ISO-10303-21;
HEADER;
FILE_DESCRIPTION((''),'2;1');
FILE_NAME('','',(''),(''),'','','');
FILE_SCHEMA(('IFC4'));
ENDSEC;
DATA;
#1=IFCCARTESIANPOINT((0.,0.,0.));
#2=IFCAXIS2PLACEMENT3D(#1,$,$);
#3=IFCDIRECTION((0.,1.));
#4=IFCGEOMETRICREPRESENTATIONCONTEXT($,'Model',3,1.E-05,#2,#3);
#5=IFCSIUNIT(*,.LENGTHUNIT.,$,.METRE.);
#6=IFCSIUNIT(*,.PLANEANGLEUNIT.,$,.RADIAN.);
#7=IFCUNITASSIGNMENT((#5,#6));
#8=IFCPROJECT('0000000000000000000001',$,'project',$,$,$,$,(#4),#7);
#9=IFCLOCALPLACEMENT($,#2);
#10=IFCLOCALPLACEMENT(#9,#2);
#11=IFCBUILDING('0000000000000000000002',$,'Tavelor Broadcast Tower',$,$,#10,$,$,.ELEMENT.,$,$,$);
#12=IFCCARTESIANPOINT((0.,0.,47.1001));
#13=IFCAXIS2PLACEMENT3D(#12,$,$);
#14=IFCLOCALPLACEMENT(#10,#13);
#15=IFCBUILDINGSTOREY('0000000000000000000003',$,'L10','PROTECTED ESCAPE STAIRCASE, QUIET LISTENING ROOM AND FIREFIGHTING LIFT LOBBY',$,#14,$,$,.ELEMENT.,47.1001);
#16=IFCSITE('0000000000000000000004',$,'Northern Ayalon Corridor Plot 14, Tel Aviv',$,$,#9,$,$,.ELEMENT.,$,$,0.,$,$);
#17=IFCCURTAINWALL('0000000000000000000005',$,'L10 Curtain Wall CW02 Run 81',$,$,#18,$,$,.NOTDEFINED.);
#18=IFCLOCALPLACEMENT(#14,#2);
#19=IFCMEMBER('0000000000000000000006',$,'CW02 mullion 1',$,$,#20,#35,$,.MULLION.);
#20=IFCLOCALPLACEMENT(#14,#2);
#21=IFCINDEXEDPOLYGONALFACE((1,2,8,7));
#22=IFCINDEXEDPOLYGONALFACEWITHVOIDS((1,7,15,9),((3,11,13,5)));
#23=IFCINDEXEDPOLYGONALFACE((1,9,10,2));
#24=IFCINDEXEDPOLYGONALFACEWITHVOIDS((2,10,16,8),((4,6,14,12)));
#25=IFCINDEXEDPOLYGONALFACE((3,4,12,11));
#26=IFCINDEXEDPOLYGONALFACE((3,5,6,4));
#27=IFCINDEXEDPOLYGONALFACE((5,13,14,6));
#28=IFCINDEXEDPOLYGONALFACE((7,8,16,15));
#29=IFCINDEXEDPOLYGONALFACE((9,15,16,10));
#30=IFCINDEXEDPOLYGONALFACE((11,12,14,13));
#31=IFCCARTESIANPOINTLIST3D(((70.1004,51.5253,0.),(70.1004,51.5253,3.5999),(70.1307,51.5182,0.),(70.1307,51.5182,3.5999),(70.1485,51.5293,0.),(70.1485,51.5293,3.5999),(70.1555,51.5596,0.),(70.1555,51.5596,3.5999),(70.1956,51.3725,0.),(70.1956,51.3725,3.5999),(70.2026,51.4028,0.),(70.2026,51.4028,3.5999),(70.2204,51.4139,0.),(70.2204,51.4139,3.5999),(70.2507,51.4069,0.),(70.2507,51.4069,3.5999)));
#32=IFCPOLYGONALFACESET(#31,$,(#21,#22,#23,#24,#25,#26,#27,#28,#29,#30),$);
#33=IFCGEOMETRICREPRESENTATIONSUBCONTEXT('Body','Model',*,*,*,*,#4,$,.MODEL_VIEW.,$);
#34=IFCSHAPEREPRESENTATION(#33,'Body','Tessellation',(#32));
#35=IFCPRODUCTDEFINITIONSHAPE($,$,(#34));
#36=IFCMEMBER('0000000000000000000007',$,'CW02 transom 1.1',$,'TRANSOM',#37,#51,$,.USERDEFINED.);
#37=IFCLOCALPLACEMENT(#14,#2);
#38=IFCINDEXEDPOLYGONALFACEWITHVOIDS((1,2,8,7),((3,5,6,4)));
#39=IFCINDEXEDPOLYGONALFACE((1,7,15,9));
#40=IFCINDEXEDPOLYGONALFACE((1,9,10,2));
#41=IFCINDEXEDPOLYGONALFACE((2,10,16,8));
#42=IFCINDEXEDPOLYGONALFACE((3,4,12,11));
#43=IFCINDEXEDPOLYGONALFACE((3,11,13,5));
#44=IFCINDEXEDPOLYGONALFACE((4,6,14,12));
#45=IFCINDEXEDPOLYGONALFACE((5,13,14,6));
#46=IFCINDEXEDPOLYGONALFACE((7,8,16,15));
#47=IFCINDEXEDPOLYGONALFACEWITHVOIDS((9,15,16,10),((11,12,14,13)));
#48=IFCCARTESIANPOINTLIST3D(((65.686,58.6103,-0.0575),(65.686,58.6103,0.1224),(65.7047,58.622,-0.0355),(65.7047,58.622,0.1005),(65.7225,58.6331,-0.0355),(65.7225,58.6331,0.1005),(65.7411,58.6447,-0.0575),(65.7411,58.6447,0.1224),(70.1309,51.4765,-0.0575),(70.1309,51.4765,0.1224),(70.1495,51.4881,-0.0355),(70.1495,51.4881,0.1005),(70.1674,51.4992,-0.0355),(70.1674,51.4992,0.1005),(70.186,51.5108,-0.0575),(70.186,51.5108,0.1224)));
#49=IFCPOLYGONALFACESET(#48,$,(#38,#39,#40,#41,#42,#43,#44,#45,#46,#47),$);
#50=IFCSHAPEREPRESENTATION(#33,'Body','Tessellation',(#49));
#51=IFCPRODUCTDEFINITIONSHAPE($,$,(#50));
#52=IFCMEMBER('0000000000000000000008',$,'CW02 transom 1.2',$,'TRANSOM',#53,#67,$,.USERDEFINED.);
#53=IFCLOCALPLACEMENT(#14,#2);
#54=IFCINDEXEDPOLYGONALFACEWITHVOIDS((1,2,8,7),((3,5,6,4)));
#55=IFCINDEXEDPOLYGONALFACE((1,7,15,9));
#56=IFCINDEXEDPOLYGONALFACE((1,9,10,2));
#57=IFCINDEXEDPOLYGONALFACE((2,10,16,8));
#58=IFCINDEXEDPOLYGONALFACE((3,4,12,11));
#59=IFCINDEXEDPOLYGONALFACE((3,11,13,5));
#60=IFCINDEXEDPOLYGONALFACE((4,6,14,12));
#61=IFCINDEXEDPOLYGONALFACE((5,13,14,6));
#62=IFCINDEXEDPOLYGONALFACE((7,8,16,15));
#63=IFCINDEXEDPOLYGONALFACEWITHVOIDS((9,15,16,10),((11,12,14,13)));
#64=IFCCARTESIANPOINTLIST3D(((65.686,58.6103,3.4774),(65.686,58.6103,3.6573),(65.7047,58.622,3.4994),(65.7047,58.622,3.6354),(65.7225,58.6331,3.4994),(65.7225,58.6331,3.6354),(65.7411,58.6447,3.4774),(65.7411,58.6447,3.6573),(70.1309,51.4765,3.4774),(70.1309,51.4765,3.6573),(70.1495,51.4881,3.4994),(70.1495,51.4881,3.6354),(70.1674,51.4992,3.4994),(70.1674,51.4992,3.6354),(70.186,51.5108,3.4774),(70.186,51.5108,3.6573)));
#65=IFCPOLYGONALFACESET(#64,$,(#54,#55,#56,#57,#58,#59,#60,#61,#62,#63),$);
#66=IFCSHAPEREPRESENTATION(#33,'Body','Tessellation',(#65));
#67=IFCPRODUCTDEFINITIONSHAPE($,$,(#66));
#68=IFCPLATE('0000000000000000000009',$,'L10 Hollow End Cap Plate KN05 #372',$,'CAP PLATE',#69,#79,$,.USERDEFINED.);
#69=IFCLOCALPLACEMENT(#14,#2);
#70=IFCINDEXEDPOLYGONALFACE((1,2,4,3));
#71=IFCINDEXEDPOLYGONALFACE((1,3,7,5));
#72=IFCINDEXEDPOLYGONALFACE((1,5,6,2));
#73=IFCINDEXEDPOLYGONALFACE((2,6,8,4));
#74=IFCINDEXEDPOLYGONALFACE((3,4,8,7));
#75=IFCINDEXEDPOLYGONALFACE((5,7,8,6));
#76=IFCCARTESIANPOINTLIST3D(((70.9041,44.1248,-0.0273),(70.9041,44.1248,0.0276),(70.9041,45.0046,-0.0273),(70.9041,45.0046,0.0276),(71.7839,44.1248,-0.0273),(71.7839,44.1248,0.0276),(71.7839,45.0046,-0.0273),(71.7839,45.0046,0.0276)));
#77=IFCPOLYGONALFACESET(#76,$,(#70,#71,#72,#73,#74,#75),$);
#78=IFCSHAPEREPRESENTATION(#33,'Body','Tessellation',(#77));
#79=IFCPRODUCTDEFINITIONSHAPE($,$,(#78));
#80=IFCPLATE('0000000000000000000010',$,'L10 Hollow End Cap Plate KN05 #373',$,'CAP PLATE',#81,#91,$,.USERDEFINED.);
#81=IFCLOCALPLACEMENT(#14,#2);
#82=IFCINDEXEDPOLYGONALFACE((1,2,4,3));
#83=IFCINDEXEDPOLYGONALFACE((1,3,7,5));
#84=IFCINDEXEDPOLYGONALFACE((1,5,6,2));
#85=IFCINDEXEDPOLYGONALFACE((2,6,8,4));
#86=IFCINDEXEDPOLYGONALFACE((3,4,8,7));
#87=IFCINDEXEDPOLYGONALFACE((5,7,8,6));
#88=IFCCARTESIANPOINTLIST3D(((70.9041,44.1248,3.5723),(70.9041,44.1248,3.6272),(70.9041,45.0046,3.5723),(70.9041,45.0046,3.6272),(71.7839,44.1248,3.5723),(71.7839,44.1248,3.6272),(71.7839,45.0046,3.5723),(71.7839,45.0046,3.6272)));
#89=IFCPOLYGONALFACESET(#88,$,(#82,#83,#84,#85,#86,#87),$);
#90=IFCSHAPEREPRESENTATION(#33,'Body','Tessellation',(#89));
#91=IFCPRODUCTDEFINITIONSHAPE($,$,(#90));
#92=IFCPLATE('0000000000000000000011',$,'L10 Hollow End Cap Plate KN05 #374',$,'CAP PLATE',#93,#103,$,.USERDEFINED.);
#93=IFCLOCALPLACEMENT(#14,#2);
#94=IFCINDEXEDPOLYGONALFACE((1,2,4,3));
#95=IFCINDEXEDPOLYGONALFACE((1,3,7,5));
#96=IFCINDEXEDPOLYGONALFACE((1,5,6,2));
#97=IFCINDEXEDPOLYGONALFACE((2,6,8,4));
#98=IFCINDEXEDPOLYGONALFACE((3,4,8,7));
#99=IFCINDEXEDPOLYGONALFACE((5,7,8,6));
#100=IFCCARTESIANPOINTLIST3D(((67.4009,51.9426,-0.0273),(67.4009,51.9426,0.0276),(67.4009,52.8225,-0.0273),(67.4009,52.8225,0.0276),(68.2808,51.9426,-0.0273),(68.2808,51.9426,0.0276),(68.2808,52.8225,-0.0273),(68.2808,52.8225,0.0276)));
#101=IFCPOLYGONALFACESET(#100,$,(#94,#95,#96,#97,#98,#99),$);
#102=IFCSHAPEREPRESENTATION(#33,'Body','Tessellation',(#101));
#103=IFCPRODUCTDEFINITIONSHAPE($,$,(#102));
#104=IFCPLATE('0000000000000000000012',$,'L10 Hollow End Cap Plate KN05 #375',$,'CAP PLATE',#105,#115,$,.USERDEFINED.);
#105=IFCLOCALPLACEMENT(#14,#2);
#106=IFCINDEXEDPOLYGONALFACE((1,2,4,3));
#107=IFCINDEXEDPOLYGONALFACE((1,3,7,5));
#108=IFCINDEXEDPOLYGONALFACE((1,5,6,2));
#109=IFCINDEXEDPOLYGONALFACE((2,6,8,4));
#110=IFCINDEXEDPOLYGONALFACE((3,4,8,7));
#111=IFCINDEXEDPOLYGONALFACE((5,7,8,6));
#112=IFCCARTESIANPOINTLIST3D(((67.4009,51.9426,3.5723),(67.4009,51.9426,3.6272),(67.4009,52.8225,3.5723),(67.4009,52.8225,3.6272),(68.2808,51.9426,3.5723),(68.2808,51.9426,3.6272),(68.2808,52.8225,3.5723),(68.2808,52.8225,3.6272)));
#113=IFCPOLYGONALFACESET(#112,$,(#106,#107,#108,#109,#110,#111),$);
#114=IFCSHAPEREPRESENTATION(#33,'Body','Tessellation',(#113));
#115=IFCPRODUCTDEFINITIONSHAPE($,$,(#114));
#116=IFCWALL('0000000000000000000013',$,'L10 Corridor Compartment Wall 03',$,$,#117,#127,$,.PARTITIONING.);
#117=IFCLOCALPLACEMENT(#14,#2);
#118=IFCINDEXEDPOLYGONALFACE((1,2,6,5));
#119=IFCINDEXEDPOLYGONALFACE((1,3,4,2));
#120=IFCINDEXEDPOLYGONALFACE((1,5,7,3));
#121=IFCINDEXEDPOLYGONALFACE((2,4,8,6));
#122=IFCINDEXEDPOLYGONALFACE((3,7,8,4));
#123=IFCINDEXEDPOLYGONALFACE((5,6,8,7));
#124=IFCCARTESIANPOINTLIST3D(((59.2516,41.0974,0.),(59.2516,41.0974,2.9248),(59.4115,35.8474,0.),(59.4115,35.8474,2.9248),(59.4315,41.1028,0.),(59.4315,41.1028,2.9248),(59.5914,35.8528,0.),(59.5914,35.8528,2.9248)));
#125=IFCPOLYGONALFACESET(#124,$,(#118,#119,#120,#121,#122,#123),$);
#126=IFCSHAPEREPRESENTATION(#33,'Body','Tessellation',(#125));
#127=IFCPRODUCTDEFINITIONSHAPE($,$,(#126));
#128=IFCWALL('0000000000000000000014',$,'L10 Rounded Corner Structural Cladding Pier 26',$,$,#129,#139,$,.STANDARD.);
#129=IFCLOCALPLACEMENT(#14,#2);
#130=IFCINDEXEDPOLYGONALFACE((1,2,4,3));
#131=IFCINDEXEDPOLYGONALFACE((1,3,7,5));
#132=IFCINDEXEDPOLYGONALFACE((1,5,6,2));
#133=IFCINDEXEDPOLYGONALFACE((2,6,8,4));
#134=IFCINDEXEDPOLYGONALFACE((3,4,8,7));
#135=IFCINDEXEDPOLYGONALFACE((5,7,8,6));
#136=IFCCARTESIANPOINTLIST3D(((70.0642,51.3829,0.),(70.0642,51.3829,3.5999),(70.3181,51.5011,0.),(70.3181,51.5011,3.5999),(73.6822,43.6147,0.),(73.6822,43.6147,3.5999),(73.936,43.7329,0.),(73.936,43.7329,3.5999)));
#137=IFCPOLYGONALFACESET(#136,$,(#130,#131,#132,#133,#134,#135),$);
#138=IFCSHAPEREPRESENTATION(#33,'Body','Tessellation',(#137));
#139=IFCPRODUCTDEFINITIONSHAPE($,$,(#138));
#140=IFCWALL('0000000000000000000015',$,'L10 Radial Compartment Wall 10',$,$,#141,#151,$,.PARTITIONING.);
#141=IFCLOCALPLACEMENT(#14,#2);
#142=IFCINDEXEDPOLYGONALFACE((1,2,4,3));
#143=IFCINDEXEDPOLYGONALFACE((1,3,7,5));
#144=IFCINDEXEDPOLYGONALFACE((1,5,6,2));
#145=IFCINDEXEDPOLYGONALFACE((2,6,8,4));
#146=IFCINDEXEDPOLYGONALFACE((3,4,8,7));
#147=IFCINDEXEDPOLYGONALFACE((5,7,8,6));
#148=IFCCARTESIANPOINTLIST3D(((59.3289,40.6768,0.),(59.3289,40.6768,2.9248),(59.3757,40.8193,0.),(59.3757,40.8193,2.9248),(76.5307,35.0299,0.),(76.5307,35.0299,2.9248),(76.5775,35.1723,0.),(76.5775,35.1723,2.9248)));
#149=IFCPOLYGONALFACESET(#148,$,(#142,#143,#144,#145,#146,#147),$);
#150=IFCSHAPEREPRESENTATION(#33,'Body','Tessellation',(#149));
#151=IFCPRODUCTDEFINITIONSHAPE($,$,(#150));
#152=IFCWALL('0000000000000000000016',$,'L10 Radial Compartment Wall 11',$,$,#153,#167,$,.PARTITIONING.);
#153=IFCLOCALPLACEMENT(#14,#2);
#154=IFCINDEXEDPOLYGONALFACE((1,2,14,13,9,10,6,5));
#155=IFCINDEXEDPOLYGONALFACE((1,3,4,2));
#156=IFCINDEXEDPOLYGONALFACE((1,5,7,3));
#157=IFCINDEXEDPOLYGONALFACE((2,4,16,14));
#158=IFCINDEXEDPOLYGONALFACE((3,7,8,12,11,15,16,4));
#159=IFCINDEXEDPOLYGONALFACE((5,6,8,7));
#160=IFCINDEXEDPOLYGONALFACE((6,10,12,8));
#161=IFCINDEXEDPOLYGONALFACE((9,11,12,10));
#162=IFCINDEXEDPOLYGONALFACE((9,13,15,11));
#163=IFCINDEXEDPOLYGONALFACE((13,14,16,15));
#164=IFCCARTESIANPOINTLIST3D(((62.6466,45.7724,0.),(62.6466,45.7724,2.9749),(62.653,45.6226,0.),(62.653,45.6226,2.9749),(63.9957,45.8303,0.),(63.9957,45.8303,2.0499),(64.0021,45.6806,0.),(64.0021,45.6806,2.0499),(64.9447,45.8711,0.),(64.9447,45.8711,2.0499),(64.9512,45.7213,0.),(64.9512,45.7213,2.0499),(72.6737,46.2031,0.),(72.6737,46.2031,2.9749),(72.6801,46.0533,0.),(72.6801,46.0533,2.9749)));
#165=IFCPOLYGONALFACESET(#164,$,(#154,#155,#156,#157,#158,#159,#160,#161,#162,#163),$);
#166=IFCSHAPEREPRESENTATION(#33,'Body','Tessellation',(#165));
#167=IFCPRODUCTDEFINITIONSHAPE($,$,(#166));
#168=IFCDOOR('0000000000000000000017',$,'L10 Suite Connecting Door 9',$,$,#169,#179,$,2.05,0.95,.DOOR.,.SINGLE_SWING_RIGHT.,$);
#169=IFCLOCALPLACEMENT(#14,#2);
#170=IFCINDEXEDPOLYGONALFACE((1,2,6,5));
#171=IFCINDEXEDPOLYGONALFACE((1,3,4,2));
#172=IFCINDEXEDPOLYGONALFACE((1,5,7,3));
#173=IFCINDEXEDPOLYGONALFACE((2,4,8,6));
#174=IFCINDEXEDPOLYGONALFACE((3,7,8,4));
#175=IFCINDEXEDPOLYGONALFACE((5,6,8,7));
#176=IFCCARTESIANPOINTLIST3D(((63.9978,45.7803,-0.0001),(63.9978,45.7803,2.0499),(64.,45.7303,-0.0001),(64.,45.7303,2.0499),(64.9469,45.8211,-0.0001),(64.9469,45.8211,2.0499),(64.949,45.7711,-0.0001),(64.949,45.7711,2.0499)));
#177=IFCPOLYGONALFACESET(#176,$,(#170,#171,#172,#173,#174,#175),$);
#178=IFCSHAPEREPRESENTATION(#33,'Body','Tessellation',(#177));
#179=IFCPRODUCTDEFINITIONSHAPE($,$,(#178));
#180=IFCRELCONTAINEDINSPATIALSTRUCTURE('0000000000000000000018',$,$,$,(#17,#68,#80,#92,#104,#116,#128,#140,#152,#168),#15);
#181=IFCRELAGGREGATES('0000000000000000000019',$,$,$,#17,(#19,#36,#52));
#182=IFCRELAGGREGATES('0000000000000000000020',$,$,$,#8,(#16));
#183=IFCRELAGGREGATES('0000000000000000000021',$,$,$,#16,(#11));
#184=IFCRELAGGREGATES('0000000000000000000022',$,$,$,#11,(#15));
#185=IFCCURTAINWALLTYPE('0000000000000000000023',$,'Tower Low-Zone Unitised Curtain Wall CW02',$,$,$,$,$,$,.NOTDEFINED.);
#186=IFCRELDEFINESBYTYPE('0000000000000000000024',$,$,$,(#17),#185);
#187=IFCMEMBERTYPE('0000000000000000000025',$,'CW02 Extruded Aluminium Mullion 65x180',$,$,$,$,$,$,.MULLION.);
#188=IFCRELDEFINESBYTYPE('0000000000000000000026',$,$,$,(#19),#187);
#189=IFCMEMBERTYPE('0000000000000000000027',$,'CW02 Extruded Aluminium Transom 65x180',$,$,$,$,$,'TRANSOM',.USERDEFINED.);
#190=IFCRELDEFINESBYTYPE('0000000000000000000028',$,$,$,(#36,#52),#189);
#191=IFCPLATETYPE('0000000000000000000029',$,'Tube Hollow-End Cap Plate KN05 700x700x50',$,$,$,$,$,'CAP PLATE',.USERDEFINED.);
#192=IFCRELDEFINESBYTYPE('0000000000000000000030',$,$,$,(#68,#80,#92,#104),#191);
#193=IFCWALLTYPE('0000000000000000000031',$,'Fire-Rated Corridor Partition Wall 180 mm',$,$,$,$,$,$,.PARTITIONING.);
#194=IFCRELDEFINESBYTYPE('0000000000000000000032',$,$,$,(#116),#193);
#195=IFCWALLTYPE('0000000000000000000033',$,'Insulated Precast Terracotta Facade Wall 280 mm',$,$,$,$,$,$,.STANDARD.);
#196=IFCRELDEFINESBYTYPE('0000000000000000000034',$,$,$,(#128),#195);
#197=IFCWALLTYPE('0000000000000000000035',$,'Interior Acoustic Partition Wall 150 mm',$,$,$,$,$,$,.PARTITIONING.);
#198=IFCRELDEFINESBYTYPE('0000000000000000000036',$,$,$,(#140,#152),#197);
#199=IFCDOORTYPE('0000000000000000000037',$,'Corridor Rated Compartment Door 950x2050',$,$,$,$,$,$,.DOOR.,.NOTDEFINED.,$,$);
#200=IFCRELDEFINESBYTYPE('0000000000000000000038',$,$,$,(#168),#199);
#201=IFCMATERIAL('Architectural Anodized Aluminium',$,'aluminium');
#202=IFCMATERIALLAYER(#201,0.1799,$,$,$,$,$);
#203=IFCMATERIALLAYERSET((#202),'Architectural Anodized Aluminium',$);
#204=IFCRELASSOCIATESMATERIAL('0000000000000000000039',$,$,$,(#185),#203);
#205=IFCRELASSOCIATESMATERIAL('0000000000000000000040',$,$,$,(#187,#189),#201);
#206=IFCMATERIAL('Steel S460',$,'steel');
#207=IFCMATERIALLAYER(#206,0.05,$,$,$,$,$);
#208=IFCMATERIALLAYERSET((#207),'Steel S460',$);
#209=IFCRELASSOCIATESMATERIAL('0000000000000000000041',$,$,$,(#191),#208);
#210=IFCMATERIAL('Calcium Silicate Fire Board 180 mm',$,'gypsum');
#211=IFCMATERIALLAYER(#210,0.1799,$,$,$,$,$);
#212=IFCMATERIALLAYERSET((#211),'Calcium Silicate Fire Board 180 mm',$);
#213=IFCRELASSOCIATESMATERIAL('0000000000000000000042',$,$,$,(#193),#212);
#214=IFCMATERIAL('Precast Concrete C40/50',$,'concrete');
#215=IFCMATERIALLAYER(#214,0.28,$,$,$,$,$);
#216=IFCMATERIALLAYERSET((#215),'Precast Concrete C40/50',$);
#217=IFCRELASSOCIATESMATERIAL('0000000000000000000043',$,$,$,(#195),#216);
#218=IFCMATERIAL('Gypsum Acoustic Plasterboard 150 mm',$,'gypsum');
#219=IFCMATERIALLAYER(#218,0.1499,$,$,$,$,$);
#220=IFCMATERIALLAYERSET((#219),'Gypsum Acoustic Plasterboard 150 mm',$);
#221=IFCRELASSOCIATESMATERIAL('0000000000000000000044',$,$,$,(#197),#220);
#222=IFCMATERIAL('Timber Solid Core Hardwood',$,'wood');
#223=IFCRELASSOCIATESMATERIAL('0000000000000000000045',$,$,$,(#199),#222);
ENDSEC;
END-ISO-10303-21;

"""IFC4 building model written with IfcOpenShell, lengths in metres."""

from ifc_helpers import new_model, si_unit, direction, frame, frame_2d, origin, origin_2d, place, context, subcontext, project, spatial, rectangle, hollow_rectangle, extrude, source, transform, mapped, material, layer, layer_set, material_profile, profile_set, type_object, type_shapes, element, fill, aggregate, save


model = new_model("IFC4")

# Units and contexts
model_context = context("Model", 3, precision=1e-05, world=origin(), true_north=direction((0.0, 1.0)))
body_context = subcontext(model_context, "Body", "Model", "MODEL_VIEW")
ifc_project = project(units=[si_unit("LENGTHUNIT", "METRE"), si_unit("PLANEANGLEUNIT", "RADIAN")], contexts=[model_context])

# Site, building, storey
site_placement = place(None, origin())
site = spatial("IfcSite", under=ifc_project, at=site_placement, Name="Northern Ayalon Corridor Plot 14, Tel Aviv", CompositionType="ELEMENT", RefElevation=0.0)
building_placement = place(site_placement, origin())
building = spatial("IfcBuilding", under=site, at=building_placement, Name="Tavelor Broadcast Tower", CompositionType="ELEMENT")
storey_placement = place(building_placement, frame((0.0, 0.0, 47.1001)))
storey = spatial("IfcBuildingStorey", under=building, at=storey_placement, Name="L10", Description="PROTECTED ESCAPE STAIRCASE, QUIET LISTENING ROOM AND FIREFIGHTING LIFT LOBBY", CompositionType="ELEMENT", Elevation=47.1001)

# Shared definitions
ifc_material_1 = material(Name="Steel S460", Category="steel")

# Curtain wall, members
ifc_material_2 = material(Name="Architectural Anodized Aluminium", Category="aluminium")
ifc_layer_1 = layer(ifc_material_2, 0.1799)
ifc_layer_set_1 = layer_set([ifc_layer_1], Name="Architectural Anodized Aluminium")
curtain_wall_type = type_object("IfcCurtainWallType", Name="Tower Low-Zone Unitised Curtain Wall CW02", PredefinedType="NOTDEFINED", material=ifc_layer_set_1)
curtain_wall_placement = place(storey_placement, origin())
curtain_wall = element("IfcCurtainWall", 1, at=curtain_wall_placement, inside=storey, type_object=curtain_wall_type, Name="L10 Curtain Wall CW02 Run 81", PredefinedType="NOTDEFINED")
ifc_material_profile_1 = material_profile(ifc_material_2, hollow_rectangle(XDim=0.0649, YDim=0.1799, WallThickness=0.022, at=origin_2d()), Name="RHS 65x180x22")
ifc_profile_set_1 = profile_set([ifc_material_profile_1], Name="Architectural Anodized Aluminium")
member_type_1 = type_object("IfcMemberType", Name="CW02 Extruded Aluminium Mullion 65x180", PredefinedType="MULLION", material=ifc_profile_set_1)
shared_shape_1 = source(origin(), body_context, "Body", "SweptSolid", [
    extrude(hollow_rectangle(XDim=0.0649, YDim=0.1799, WallThickness=0.022, at=origin_2d()), origin(), (0.0, 0.0, 1.0), 3.5999),
])
type_shapes(member_type_1, [shared_shape_1])
member_1_placement = place(storey_placement, frame((70.1755, 51.4661, 0.0), z_axis=(0.0, 0.0, 1.0), x_axis=(-0.848739, -0.528812, 0.0)))
member_1 = element("IfcMember", 2, at=member_1_placement, type_object=member_type_1, Name="CW02 mullion 1", PredefinedType="MULLION", context=body_context, shape_type="MappedRepresentation", body=[
    mapped(shared_shape_1, transform((0.0, 0.0, 0.0), scale=1.0)),
])
ifc_material_profile_2 = material_profile(ifc_material_2, hollow_rectangle(XDim=0.0649, YDim=0.1799, WallThickness=0.022, at=origin_2d()), Name="RHS 65x180x22")
ifc_profile_set_2 = profile_set([ifc_material_profile_2], Name="Architectural Anodized Aluminium")
member_type_2 = type_object("IfcMemberType", Name="CW02 Extruded Aluminium Transom 65x180", ElementType="TRANSOM", PredefinedType="USERDEFINED", material=ifc_profile_set_2)
shared_shape_2 = source(origin(), body_context, "Body", "SweptSolid", [
    extrude(hollow_rectangle(XDim=0.0649, YDim=0.1799, WallThickness=0.022, at=origin_2d()), origin(), (0.0, 0.0, 1.0), 8.4053),
])
type_shapes(member_type_2, [shared_shape_2])
member_2_placement = place(storey_placement, frame((70.1584, 51.4937, 0.0325), z_axis=(-0.528818, 0.848735, 0.0), x_axis=(-0.848735, -0.528818, 0.0)))
member_2 = element("IfcMember", 3, at=member_2_placement, type_object=member_type_2, Name="CW02 transom 1.1", ObjectType="TRANSOM", PredefinedType="USERDEFINED", context=body_context, shape_type="MappedRepresentation", body=[
    mapped(shared_shape_2, transform((0.0, 0.0, 0.0), scale=1.0)),
])
member_3_placement = place(storey_placement, frame((70.1584, 51.4937, 3.5674), z_axis=(-0.528818, 0.848735, 0.0), x_axis=(-0.848735, -0.528818, 0.0)))
member_3 = element("IfcMember", 4, at=member_3_placement, type_object=member_type_2, Name="CW02 transom 1.2", ObjectType="TRANSOM", PredefinedType="USERDEFINED", context=body_context, shape_type="MappedRepresentation", body=[
    mapped(shared_shape_2, transform((0.0, 0.0, 0.0), scale=1.0)),
])
aggregate(curtain_wall, [member_1, member_2, member_3])

# Plates
ifc_layer_2 = layer(ifc_material_1, 0.05)
ifc_layer_set_2 = layer_set([ifc_layer_2], Name="Steel S460")
plate_type = type_object("IfcPlateType", Name="Tube Hollow-End Cap Plate KN05 700x700x50", ElementType="CAP PLATE", PredefinedType="USERDEFINED", material=ifc_layer_set_2)
shared_shape_3 = source(origin(), body_context, "Body", "SweptSolid", [
    extrude(rectangle(XDim=0.8799, YDim=0.8799, at=origin_2d()), origin(), (0.0, 0.0, 1.0), 0.0549),
])
type_shapes(plate_type, [shared_shape_3])
for number, where, z_axis, x_axis, name in (
    (5, (71.344, 44.5647, -0.0273), (0.0, 0.0, 1.0), (1.0, 0.0, 0.0), "L10 Hollow End Cap Plate KN05 #372"),
    (6, (71.344, 44.5647, 3.5723), (0.0, 0.0, 1.0), (1.0, 0.0, 0.0), "L10 Hollow End Cap Plate KN05 #373"),
    (7, (67.8408, 52.3826, -0.0273), (0.0, 0.0, 1.0), (1.0, 0.0, 0.0), "L10 Hollow End Cap Plate KN05 #374"),
    (8, (67.8408, 52.3826, 3.5723), (0.0, 0.0, 1.0), (1.0, 0.0, 0.0), "L10 Hollow End Cap Plate KN05 #375"),
):
    element("IfcPlate", number, at=place(storey_placement, frame(where, z_axis=z_axis, x_axis=x_axis)), inside=storey, type_object=plate_type, Name=name, ObjectType="CAP PLATE", PredefinedType="USERDEFINED", context=body_context, shape_type="MappedRepresentation", body=[
        mapped(shared_shape_3, transform((0.0, 0.0, 0.0), scale=1.0)),
    ])

# Walls
ifc_material_3 = material(Name="Calcium Silicate Fire Board 180 mm", Category="gypsum")
ifc_layer_3 = layer(ifc_material_3, 0.1799)
ifc_layer_set_3 = layer_set([ifc_layer_3], Name="Calcium Silicate Fire Board 180 mm")
wall_type_1 = type_object("IfcWallType", Name="Fire-Rated Corridor Partition Wall 180 mm", PredefinedType="PARTITIONING", material=ifc_layer_set_3)
wall_1_placement = place(storey_placement, frame((59.3416, 41.1001, 0.0), z_axis=(0.0, 0.0, 1.0), x_axis=(0.030445, -0.999536, 0.0)))
element("IfcWall", 9, at=wall_1_placement, inside=storey, type_object=wall_type_1, Name="L10 Corridor Compartment Wall 03", PredefinedType="PARTITIONING", context=body_context, shape_type="SweptSolid", body=[
    extrude(rectangle(XDim=5.2524, YDim=0.1799, at=frame_2d((2.6262, 0.0))), origin(), (0.0, 0.0, 1.0), 2.9248),
])
ifc_material_4 = material(Name="Precast Concrete C40/50", Category="concrete")
ifc_layer_4 = layer(ifc_material_4, 0.28)
ifc_layer_set_4 = layer_set([ifc_layer_4], Name="Precast Concrete C40/50")
wall_type_2 = type_object("IfcWallType", Name="Insulated Precast Terracotta Facade Wall 280 mm", PredefinedType="STANDARD", material=ifc_layer_set_4)
wall_2_placement = place(storey_placement, frame((73.8091, 43.6738, 0.0), z_axis=(0.0, 0.0, 1.0), x_axis=(-0.422198, 0.906504, 0.0)))
element("IfcWall", 10, at=wall_2_placement, inside=storey, type_object=wall_type_2, Name="L10 Rounded Corner Structural Cladding Pier 26", PredefinedType="STANDARD", context=body_context, shape_type="SweptSolid", body=[
    extrude(rectangle(XDim=8.5693, YDim=0.28, at=frame_2d((4.2847, 0.0))), origin(), (0.0, 0.0, 1.0), 3.5999),
])
ifc_material_5 = material(Name="Gypsum Acoustic Plasterboard 150 mm", Category="gypsum")
ifc_layer_5 = layer(ifc_material_5, 0.1499)
ifc_layer_set_5 = layer_set([ifc_layer_5], Name="Gypsum Acoustic Plasterboard 150 mm")
wall_type_3 = type_object("IfcWallType", Name="Interior Acoustic Partition Wall 150 mm", PredefinedType="PARTITIONING", material=ifc_layer_set_5)
wall_3_placement = place(storey_placement, frame((59.3523, 40.748, 0.0), z_axis=(0.0, 0.0, 1.0), x_axis=(0.950115, -0.3119, 0.0)))
element("IfcWall", 11, at=wall_3_placement, inside=storey, type_object=wall_type_3, Name="L10 Radial Compartment Wall 10", PredefinedType="PARTITIONING", context=body_context, shape_type="SweptSolid", body=[
    extrude(rectangle(XDim=18.105, YDim=0.1499, at=frame_2d((9.0525, 0.0))), origin(), (0.0, 0.0, 1.0), 2.9248),
])

# Wall, opening, door
wall_4_placement = place(storey_placement, frame((62.6499, 45.6975, 0.0), z_axis=(0.0, 0.0, 1.0), x_axis=(0.999079, 0.04291, 0.0)))
wall_4 = element("IfcWall", 12, at=wall_4_placement, inside=storey, type_object=wall_type_3, Name="L10 Radial Compartment Wall 11", PredefinedType="PARTITIONING", context=body_context, shape_type="SweptSolid", body=[
    extrude(rectangle(XDim=10.0364, YDim=0.1499, at=frame_2d((5.0181, 0.0))), origin(), (0.0, 0.0, 1.0), 2.9749),
])
opening_1_placement = place(wall_4_placement, frame((1.3501, 0.0, 0.0)))
opening_1 = element("IfcOpeningElement", 13, at=opening_1_placement, cuts=wall_4, PredefinedType="OPENING", context=body_context, shape_type="SweptSolid", body=[
    extrude(rectangle(XDim=0.95, YDim=2.05, at=frame_2d((0.4751, 1.0249))), frame((0.0, 0.085, 0.0), z_axis=(0.0, -1.0, 0.0), x_axis=(1.0, 0.0, 0.0)), (0.0, 0.0, 1.0), 0.1699),
])
ifc_material_6 = material(Name="Timber Solid Core Hardwood", Category="wood")
door_type_1 = type_object("IfcDoorType", Name="Corridor Rated Compartment Door 950x2050", OperationType="NOTDEFINED", PredefinedType="DOOR", material=ifc_material_6)
door_1_placement = place(opening_1_placement, origin())
door_1 = element("IfcDoor", 14, at=door_1_placement, inside=storey, type_object=door_type_1, Name="L10 Suite Connecting Door 9", OperationType="SINGLE_SWING_RIGHT", OverallHeight=2.05, OverallWidth=0.95, PredefinedType="DOOR", context=body_context, shape_type="SweptSolid", body=[
    extrude(rectangle(XDim=0.95, YDim=2.05, at=frame_2d((0.4751, 1.0249))), frame((0.0, 0.0249, 0.0), z_axis=(0.0, -1.0, 0.0), x_axis=(1.0, 0.0, 0.0)), (0.0, 0.0, 1.0), 0.05),
])
fill(opening_1, door_1)

save(model, "model.ifc")
